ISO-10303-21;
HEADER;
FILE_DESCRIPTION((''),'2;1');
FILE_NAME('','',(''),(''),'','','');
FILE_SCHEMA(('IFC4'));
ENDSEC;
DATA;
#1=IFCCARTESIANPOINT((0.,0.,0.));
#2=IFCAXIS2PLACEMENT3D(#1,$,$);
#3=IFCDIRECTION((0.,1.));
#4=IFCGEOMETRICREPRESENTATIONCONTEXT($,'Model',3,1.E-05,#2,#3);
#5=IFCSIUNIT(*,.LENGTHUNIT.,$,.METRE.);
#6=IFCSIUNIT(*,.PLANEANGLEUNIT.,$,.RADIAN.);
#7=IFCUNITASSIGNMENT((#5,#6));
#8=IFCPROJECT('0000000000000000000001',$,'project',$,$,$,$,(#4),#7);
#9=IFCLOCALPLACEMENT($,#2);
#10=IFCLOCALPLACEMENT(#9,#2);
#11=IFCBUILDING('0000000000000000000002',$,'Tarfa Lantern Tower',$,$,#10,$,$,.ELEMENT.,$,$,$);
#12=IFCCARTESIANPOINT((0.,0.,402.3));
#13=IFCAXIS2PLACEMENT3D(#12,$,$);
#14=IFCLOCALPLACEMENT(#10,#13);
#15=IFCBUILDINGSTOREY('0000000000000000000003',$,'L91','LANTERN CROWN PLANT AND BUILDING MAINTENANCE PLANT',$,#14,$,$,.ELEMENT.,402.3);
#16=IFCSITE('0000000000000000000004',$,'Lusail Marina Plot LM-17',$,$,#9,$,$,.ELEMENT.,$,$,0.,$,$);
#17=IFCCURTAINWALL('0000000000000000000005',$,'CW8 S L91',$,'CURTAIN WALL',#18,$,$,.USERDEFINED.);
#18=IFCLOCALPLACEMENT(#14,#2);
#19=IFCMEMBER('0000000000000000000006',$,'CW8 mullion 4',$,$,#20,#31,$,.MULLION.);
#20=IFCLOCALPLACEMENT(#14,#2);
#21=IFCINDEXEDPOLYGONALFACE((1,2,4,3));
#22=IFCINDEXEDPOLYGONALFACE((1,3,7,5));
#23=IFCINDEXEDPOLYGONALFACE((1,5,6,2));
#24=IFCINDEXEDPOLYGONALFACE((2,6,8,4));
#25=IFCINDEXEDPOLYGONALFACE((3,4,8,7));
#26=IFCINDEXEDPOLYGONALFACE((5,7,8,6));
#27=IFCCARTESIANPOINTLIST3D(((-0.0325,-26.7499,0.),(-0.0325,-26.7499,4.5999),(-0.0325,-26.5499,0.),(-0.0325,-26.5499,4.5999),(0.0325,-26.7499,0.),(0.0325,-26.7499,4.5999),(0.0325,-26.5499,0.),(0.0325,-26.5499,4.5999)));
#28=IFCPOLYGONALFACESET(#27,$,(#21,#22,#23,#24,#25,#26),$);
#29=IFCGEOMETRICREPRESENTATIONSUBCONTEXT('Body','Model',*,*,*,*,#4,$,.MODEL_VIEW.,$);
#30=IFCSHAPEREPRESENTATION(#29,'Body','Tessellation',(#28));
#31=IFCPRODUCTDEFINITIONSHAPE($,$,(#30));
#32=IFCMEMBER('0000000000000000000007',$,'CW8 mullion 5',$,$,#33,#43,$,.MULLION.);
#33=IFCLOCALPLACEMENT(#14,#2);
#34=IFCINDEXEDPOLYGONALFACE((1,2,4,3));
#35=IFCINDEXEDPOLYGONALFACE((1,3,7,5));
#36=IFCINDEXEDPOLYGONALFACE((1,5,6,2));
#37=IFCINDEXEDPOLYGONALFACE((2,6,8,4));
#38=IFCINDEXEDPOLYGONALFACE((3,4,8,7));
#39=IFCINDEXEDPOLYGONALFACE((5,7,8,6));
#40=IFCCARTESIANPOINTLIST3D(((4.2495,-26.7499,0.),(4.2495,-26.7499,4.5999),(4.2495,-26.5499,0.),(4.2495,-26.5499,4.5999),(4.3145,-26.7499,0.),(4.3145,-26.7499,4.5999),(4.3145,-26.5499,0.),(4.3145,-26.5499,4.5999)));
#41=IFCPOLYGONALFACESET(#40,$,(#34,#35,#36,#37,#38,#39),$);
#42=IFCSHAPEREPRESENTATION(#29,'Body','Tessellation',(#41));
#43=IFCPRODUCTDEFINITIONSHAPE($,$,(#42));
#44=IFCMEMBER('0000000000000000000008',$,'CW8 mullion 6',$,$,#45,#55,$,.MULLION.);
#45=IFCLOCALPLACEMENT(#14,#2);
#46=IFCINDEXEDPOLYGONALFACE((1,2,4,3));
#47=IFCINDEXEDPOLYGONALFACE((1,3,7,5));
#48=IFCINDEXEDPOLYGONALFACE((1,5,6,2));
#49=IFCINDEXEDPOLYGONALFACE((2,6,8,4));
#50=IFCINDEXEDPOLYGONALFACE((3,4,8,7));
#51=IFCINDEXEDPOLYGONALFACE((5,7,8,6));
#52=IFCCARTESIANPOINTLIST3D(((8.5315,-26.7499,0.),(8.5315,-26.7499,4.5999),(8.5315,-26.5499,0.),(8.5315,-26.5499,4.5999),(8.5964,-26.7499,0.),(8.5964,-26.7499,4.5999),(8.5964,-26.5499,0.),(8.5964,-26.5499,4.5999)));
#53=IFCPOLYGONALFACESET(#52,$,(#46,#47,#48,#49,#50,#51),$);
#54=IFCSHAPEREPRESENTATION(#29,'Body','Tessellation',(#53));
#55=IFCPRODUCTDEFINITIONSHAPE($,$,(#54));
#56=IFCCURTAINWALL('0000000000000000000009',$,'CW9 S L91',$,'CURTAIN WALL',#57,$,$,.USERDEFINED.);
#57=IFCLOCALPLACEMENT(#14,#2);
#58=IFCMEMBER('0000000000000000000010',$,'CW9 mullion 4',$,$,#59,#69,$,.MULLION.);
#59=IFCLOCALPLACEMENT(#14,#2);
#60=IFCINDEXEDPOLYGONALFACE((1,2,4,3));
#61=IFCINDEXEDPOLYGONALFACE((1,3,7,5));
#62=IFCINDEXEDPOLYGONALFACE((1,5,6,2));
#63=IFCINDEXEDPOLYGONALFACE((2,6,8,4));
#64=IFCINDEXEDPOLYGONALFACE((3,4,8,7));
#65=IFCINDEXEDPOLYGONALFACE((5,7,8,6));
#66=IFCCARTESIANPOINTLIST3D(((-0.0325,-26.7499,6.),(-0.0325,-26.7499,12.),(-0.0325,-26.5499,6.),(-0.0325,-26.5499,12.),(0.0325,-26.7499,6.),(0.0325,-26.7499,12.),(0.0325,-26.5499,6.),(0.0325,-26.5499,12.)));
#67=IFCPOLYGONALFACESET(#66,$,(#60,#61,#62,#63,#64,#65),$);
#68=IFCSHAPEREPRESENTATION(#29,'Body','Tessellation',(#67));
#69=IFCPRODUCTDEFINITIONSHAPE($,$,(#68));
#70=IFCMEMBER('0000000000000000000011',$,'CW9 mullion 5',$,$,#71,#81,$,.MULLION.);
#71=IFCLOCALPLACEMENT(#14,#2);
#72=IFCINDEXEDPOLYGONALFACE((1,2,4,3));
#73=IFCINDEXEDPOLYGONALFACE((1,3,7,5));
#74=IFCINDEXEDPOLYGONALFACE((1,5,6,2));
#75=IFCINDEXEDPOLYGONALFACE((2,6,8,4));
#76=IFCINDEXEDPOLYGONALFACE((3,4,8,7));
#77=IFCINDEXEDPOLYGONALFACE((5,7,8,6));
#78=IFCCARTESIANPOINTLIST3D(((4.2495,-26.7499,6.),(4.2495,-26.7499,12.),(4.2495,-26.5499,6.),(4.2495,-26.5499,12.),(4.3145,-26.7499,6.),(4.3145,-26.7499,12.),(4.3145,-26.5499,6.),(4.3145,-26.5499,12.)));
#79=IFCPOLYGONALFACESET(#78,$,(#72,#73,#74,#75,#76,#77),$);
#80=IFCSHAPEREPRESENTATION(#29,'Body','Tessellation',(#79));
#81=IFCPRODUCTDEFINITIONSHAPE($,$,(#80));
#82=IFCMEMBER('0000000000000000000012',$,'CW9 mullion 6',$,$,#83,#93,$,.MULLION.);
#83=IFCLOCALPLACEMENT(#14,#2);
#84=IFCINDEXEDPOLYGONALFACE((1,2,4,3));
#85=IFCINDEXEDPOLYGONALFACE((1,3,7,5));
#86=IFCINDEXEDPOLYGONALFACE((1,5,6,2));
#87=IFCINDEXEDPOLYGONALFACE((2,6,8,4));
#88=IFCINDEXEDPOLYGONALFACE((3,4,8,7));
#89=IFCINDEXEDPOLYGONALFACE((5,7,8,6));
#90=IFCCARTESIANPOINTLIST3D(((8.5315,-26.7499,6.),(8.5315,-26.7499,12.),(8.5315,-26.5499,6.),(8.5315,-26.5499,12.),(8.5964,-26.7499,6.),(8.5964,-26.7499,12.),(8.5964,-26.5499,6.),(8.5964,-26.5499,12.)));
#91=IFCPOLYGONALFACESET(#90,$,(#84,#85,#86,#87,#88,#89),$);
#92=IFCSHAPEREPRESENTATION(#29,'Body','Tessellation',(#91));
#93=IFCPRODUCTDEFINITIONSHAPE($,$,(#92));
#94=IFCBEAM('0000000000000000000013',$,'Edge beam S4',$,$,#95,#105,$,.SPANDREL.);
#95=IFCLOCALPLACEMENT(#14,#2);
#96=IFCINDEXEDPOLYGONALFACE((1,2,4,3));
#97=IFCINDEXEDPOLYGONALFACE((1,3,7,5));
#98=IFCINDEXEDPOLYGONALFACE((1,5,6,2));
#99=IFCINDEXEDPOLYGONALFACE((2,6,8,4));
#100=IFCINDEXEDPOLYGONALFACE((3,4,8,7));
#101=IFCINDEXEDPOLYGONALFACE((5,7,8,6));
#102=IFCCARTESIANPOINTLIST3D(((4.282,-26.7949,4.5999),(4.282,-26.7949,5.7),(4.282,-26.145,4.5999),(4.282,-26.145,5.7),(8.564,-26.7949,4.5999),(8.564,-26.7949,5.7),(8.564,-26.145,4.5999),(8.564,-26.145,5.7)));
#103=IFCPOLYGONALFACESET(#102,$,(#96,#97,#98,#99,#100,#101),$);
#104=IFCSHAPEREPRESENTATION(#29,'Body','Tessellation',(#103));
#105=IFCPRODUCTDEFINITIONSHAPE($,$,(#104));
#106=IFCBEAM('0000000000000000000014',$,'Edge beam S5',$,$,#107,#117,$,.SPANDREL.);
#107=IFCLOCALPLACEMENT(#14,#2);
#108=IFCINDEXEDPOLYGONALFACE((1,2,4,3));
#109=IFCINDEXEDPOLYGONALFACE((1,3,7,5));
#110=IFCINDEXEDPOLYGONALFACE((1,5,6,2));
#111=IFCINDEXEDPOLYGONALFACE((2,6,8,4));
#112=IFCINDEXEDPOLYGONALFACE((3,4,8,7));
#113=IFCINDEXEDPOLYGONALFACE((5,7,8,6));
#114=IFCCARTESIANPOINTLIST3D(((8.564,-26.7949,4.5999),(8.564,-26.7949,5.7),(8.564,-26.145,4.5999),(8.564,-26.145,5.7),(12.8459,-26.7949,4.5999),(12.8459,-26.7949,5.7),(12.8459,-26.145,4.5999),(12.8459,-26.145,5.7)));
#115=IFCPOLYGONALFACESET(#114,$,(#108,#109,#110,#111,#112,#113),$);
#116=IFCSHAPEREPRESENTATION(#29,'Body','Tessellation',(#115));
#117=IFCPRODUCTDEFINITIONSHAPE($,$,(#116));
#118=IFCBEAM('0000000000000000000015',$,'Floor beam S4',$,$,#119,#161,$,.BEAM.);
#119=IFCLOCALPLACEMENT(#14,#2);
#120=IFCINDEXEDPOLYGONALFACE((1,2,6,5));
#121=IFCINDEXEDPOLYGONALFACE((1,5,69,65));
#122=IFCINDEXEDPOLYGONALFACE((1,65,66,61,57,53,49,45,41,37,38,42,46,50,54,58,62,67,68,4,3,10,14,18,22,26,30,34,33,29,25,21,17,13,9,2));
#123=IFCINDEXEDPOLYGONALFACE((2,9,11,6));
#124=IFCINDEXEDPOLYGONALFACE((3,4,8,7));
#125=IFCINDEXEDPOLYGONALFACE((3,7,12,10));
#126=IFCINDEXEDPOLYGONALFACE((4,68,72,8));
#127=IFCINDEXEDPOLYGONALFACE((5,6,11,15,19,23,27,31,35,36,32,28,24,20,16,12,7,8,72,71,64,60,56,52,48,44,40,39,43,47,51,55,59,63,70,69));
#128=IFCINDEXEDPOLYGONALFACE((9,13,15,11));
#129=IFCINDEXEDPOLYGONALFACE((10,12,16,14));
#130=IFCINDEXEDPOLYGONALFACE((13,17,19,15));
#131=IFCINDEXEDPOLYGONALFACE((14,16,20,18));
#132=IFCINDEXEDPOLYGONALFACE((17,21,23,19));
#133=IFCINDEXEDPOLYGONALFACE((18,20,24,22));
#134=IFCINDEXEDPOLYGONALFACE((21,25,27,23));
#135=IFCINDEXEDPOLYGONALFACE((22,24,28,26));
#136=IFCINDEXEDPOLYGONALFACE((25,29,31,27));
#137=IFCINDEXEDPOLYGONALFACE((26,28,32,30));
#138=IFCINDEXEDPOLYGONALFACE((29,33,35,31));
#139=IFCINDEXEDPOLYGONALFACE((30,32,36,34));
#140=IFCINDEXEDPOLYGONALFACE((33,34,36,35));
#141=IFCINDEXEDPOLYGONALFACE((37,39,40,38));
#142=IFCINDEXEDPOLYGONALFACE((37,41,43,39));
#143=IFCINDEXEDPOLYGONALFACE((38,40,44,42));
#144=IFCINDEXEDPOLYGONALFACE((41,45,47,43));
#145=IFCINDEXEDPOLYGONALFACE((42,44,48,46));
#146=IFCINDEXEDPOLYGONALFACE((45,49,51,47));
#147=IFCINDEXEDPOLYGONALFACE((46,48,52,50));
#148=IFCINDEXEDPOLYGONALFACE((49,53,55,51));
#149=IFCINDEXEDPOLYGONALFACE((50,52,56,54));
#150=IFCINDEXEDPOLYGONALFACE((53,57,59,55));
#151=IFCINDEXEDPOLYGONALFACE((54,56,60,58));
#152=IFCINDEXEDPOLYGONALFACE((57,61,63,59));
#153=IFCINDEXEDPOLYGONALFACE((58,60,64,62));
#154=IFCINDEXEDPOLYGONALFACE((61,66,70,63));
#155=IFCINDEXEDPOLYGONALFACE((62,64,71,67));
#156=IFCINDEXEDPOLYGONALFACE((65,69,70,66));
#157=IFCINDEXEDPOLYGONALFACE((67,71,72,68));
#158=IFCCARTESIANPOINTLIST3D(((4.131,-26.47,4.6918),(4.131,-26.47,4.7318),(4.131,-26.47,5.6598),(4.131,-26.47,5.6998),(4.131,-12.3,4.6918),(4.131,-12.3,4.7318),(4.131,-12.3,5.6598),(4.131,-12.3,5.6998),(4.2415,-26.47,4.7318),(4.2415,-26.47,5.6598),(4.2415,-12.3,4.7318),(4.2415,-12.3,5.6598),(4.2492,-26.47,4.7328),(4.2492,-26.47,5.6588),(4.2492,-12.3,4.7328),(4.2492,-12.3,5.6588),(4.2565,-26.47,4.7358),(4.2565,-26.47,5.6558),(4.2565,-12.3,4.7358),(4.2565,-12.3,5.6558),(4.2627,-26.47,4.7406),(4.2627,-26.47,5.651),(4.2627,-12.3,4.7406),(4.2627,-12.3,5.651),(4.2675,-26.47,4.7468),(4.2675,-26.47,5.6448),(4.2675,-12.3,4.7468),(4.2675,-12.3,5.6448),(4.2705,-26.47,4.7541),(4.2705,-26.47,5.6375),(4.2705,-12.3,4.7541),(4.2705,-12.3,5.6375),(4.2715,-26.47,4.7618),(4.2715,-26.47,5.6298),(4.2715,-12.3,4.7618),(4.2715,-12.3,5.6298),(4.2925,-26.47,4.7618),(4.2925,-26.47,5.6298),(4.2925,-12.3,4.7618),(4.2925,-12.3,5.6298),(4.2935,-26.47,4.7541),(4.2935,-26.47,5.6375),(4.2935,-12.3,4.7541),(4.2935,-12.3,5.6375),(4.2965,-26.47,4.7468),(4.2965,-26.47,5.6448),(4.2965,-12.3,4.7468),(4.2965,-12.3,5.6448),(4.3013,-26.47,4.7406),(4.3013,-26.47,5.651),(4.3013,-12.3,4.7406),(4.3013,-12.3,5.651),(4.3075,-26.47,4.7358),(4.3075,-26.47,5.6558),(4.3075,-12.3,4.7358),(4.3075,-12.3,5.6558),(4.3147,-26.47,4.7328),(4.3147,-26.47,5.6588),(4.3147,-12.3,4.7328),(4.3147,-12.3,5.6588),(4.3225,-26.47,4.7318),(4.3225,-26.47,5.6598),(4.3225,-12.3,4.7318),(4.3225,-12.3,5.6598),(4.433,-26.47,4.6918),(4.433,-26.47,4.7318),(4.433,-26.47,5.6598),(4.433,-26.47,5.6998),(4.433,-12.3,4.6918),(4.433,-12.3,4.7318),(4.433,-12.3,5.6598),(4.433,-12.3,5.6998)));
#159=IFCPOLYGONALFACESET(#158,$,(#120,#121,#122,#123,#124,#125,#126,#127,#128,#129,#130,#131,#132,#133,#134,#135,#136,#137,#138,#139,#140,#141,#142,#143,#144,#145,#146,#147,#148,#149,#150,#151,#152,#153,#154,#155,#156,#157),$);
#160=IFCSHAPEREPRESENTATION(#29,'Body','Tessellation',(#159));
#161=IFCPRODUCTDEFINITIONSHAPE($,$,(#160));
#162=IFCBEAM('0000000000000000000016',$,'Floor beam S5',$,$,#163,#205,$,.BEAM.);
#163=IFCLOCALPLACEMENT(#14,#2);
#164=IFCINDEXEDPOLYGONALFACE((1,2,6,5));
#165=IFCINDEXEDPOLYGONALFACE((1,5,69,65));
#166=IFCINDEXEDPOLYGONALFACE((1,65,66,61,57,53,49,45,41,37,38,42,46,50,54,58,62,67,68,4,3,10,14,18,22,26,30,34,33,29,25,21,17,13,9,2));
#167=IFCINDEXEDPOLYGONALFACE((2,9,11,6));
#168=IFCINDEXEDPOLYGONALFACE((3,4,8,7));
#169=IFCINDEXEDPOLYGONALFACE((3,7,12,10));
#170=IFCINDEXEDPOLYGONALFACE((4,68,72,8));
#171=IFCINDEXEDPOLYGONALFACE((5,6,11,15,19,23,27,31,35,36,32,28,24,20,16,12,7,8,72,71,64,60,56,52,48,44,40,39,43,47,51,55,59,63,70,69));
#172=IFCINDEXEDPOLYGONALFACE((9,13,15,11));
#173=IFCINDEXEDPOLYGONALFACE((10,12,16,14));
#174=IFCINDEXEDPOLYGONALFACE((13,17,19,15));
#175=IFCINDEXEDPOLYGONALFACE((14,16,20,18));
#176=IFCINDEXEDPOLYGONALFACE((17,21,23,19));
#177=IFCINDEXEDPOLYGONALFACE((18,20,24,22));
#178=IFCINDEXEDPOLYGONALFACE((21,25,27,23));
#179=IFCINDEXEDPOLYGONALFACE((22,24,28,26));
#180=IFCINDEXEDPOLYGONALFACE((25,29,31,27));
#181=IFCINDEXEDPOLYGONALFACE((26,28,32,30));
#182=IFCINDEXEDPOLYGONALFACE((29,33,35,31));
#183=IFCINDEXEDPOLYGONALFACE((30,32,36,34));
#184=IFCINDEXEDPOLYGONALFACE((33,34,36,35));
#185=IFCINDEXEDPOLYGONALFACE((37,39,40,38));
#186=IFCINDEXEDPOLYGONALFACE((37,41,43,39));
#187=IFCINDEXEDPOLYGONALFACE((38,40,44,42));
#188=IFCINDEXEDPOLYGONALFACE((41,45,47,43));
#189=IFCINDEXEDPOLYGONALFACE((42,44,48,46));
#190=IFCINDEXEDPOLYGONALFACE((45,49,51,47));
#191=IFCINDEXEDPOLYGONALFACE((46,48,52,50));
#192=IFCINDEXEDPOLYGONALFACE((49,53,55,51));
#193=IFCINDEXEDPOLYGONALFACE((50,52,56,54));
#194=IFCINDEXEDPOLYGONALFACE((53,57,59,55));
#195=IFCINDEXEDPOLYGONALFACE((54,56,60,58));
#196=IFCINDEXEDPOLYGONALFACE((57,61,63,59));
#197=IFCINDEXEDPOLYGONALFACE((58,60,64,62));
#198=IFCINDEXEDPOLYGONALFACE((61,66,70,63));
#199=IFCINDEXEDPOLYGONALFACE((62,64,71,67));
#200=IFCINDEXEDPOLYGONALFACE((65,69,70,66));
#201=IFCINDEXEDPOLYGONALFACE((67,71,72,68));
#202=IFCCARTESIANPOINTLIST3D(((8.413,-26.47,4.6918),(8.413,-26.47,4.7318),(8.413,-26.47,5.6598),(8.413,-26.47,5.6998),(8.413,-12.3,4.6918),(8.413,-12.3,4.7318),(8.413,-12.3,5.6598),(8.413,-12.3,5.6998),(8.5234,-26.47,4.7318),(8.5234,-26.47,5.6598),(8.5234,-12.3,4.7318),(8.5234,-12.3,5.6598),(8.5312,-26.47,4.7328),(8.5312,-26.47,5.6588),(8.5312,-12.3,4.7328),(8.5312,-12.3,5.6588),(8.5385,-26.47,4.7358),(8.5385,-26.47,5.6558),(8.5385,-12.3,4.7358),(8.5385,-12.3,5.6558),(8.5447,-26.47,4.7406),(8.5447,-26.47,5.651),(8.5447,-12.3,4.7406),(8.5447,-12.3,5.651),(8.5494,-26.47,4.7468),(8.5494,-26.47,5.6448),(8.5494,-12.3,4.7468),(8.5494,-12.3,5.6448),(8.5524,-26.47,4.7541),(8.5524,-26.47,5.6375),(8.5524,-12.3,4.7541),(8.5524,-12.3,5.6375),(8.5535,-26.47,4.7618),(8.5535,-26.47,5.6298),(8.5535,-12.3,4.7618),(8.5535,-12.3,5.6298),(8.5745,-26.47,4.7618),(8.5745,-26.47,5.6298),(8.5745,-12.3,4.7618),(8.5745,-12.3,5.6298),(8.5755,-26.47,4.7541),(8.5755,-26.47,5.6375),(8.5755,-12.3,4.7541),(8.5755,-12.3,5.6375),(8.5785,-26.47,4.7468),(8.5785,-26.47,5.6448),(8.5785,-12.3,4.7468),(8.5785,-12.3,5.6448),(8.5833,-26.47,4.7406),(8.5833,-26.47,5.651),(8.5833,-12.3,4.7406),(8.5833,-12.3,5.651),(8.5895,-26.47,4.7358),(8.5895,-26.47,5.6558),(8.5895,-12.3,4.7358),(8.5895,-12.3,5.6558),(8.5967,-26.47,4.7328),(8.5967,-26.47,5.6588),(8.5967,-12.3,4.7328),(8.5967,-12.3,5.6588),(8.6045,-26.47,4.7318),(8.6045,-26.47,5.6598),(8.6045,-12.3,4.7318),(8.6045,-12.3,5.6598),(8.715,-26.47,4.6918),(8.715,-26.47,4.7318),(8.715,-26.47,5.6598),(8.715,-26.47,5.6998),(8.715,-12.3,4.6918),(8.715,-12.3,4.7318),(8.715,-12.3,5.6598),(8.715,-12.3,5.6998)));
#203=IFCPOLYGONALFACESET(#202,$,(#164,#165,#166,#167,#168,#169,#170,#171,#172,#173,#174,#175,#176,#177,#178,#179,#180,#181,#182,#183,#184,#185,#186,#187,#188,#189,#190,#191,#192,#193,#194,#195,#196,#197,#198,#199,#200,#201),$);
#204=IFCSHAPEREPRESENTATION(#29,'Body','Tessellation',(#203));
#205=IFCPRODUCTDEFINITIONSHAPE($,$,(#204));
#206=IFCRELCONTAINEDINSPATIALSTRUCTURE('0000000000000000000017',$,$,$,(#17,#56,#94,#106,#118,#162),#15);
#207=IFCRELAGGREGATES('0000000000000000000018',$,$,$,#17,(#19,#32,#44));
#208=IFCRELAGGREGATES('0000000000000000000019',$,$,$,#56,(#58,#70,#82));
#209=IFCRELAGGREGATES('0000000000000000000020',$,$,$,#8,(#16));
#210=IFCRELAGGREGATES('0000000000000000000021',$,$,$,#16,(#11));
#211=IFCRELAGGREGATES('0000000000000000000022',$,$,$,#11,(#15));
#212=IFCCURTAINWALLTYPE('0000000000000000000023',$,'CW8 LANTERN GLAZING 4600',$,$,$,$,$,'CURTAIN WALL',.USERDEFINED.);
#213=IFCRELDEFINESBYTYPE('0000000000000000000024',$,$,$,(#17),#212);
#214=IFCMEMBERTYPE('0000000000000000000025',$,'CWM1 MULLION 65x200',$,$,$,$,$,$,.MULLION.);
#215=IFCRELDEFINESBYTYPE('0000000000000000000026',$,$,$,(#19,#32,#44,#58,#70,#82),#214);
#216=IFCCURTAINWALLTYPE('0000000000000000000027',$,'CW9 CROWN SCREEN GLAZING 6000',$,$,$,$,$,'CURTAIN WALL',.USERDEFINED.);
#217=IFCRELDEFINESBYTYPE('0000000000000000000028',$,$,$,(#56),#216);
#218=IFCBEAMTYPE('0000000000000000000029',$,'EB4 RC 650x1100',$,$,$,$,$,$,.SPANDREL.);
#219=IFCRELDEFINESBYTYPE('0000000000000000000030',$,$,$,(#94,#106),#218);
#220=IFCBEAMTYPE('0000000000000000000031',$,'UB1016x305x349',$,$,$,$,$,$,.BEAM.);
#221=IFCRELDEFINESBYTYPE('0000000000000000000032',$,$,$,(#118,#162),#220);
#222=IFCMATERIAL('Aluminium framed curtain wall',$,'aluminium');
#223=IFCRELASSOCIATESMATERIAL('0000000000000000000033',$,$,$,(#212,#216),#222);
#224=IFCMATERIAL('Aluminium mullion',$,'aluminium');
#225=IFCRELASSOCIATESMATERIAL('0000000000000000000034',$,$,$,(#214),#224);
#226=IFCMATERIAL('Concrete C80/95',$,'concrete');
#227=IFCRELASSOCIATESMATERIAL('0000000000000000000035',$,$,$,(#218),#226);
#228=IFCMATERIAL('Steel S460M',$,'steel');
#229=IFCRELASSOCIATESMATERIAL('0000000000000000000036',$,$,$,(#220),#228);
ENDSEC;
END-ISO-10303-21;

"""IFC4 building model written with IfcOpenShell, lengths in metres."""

from ifc_helpers import new_model, si_unit, direction, frame, origin, origin_2d, place, context, subcontext, project, spatial, rectangle, i_section, extrude, material, material_profile, profile_set, type_object, element, aggregate, save


model = new_model("IFC4")

# Units and contexts
model_context = context("Model", 3, precision=1e-05, world=origin(), true_north=direction((0.0, 1.0)))
body_context = subcontext(model_context, "Body", "Model", "MODEL_VIEW")
ifc_project = project(units=[si_unit("LENGTHUNIT", "METRE"), si_unit("PLANEANGLEUNIT", "RADIAN")], contexts=[model_context])

# Site, building, storey
site_placement = place(None, origin())
site = spatial("IfcSite", under=ifc_project, at=site_placement, Name="Lusail Marina Plot LM-17", CompositionType="ELEMENT", RefElevation=0.0)
building_placement = place(site_placement, origin())
building = spatial("IfcBuilding", under=site, at=building_placement, Name="Tarfa Lantern Tower", CompositionType="ELEMENT")
storey_placement = place(building_placement, frame((0.0, 0.0, 402.3)))
storey = spatial("IfcBuildingStorey", under=building, at=storey_placement, Name="L91", Description="LANTERN CROWN PLANT AND BUILDING MAINTENANCE PLANT", CompositionType="ELEMENT", Elevation=402.3)

# Curtain walls, members
ifc_material_1 = material(Name="Aluminium framed curtain wall", Category="aluminium")
curtain_wall_type_1 = type_object("IfcCurtainWallType", Name="CW8 LANTERN GLAZING 4600", ElementType="CURTAIN WALL", PredefinedType="USERDEFINED", material=ifc_material_1)
curtain_wall_1_placement = place(storey_placement, origin())
curtain_wall_1 = element("IfcCurtainWall", 1, at=curtain_wall_1_placement, inside=storey, type_object=curtain_wall_type_1, Name="CW8 S L91", ObjectType="CURTAIN WALL", PredefinedType="USERDEFINED")
ifc_material_2 = material(Name="Aluminium mullion", Category="aluminium")
ifc_material_profile_1 = material_profile(ifc_material_2, rectangle(XDim=0.0649, YDim=0.2, at=origin_2d()), Name="AL MULLION 65x200")
ifc_profile_set_1 = profile_set([ifc_material_profile_1], Name="Aluminium mullion")
member_type = type_object("IfcMemberType", Name="CWM1 MULLION 65x200", PredefinedType="MULLION", material=ifc_profile_set_1)
member_1_placement = place(storey_placement, frame((0.0, -26.6499, 0.0), z_axis=(0.0, 0.0, 1.0), x_axis=(1.0, 0.0, 0.0)))
member_1 = element("IfcMember", 2, at=member_1_placement, type_object=member_type, Name="CW8 mullion 4", PredefinedType="MULLION", context=body_context, shape_type="SweptSolid", body=[
    extrude(rectangle(XDim=0.0649, YDim=0.2, at=origin_2d()), origin(), (0.0, 0.0, 1.0), 4.5999),
])
member_2_placement = place(storey_placement, frame((4.282, -26.6499, 0.0), z_axis=(0.0, 0.0, 1.0), x_axis=(1.0, 0.0, 0.0)))
member_2 = element("IfcMember", 3, at=member_2_placement, type_object=member_type, Name="CW8 mullion 5", PredefinedType="MULLION", context=body_context, shape_type="SweptSolid", body=[
    extrude(rectangle(XDim=0.0649, YDim=0.2, at=origin_2d()), origin(), (0.0, 0.0, 1.0), 4.5999),
])
member_3_placement = place(storey_placement, frame((8.564, -26.6499, 0.0), z_axis=(0.0, 0.0, 1.0), x_axis=(1.0, 0.0, 0.0)))
member_3 = element("IfcMember", 4, at=member_3_placement, type_object=member_type, Name="CW8 mullion 6", PredefinedType="MULLION", context=body_context, shape_type="SweptSolid", body=[
    extrude(rectangle(XDim=0.0649, YDim=0.2, at=origin_2d()), origin(), (0.0, 0.0, 1.0), 4.5999),
])
curtain_wall_type_2 = type_object("IfcCurtainWallType", Name="CW9 CROWN SCREEN GLAZING 6000", ElementType="CURTAIN WALL", PredefinedType="USERDEFINED", material=ifc_material_1)
curtain_wall_2_placement = place(storey_placement, origin())
curtain_wall_2 = element("IfcCurtainWall", 5, at=curtain_wall_2_placement, inside=storey, type_object=curtain_wall_type_2, Name="CW9 S L91", ObjectType="CURTAIN WALL", PredefinedType="USERDEFINED")
member_4_placement = place(storey_placement, frame((0.0, -26.6499, 6.0), z_axis=(0.0, 0.0, 1.0), x_axis=(1.0, 0.0, 0.0)))
member_4 = element("IfcMember", 6, at=member_4_placement, type_object=member_type, Name="CW9 mullion 4", PredefinedType="MULLION", context=body_context, shape_type="SweptSolid", body=[
    extrude(rectangle(XDim=0.0649, YDim=0.2, at=origin_2d()), origin(), (0.0, 0.0, 1.0), 6.0),
])
member_5_placement = place(storey_placement, frame((4.282, -26.6499, 6.0), z_axis=(0.0, 0.0, 1.0), x_axis=(1.0, 0.0, 0.0)))
member_5 = element("IfcMember", 7, at=member_5_placement, type_object=member_type, Name="CW9 mullion 5", PredefinedType="MULLION", context=body_context, shape_type="SweptSolid", body=[
    extrude(rectangle(XDim=0.0649, YDim=0.2, at=origin_2d()), origin(), (0.0, 0.0, 1.0), 6.0),
])
member_6_placement = place(storey_placement, frame((8.564, -26.6499, 6.0), z_axis=(0.0, 0.0, 1.0), x_axis=(1.0, 0.0, 0.0)))
member_6 = element("IfcMember", 8, at=member_6_placement, type_object=member_type, Name="CW9 mullion 6", PredefinedType="MULLION", context=body_context, shape_type="SweptSolid", body=[
    extrude(rectangle(XDim=0.0649, YDim=0.2, at=origin_2d()), origin(), (0.0, 0.0, 1.0), 6.0),
])

# Beams
ifc_material_3 = material(Name="Concrete C80/95", Category="concrete")
ifc_material_profile_2 = material_profile(ifc_material_3, rectangle(XDim=0.6499, YDim=1.1001, at=origin_2d()), Name="RC 650x1100")
ifc_profile_set_2 = profile_set([ifc_material_profile_2], Name="Concrete C80/95")
beam_type_1 = type_object("IfcBeamType", Name="EB4 RC 650x1100", PredefinedType="SPANDREL", material=ifc_profile_set_2)
for number, where, z_axis, x_axis, name in (
    (9, (4.282, -26.47, 5.1499), (1.0, 0.0, 0.0), (0.0, 1.0, 0.0), "Edge beam S4"),
    (10, (8.564, -26.47, 5.1499), (1.0, 0.0, 0.0), (0.0, 1.0, 0.0), "Edge beam S5"),
):
    element("IfcBeam", number, at=place(storey_placement, frame(where, z_axis=z_axis, x_axis=x_axis)), inside=storey, type_object=beam_type_1, Name=name, PredefinedType="SPANDREL", context=body_context, shape_type="SweptSolid", body=[
        extrude(rectangle(XDim=0.6499, YDim=1.1001, at=origin_2d()), origin(), (0.0, 0.0, 1.0), 4.282),
    ])
ifc_material_4 = material(Name="Steel S460M", Category="steel")
ifc_material_profile_3 = material_profile(ifc_material_4, i_section(OverallWidth=0.302, OverallDepth=1.0081, WebThickness=0.021, FlangeThickness=0.04, FilletRadius=0.03, at=origin_2d()), Name="UB1016x305x349")
ifc_profile_set_3 = profile_set([ifc_material_profile_3], Name="Steel S460M")
beam_type_2 = type_object("IfcBeamType", Name="UB1016x305x349", PredefinedType="BEAM", material=ifc_profile_set_3)
for number, where, z_axis, x_axis, name in (
    (11, (4.282, -26.47, 5.1958), (0.0, 1.0, 0.0), (-1.0, 0.0, 0.0), "Floor beam S4"),
    (12, (8.564, -26.47, 5.1958), (0.0, 1.0, 0.0), (-1.0, 0.0, 0.0), "Floor beam S5"),
):
    element("IfcBeam", number, at=place(storey_placement, frame(where, z_axis=z_axis, x_axis=x_axis)), inside=storey, type_object=beam_type_2, Name=name, PredefinedType="BEAM", context=body_context, shape_type="SweptSolid", body=[
        extrude(i_section(OverallWidth=0.302, OverallDepth=1.0081, WebThickness=0.021, FlangeThickness=0.04, FilletRadius=0.03, at=origin_2d()), origin(), (0.0, 0.0, 1.0), 14.1699),
    ])

aggregate(curtain_wall_1, [member_1, member_2, member_3])
aggregate(curtain_wall_2, [member_4, member_5, member_6])

save(model, "model.ifc")
